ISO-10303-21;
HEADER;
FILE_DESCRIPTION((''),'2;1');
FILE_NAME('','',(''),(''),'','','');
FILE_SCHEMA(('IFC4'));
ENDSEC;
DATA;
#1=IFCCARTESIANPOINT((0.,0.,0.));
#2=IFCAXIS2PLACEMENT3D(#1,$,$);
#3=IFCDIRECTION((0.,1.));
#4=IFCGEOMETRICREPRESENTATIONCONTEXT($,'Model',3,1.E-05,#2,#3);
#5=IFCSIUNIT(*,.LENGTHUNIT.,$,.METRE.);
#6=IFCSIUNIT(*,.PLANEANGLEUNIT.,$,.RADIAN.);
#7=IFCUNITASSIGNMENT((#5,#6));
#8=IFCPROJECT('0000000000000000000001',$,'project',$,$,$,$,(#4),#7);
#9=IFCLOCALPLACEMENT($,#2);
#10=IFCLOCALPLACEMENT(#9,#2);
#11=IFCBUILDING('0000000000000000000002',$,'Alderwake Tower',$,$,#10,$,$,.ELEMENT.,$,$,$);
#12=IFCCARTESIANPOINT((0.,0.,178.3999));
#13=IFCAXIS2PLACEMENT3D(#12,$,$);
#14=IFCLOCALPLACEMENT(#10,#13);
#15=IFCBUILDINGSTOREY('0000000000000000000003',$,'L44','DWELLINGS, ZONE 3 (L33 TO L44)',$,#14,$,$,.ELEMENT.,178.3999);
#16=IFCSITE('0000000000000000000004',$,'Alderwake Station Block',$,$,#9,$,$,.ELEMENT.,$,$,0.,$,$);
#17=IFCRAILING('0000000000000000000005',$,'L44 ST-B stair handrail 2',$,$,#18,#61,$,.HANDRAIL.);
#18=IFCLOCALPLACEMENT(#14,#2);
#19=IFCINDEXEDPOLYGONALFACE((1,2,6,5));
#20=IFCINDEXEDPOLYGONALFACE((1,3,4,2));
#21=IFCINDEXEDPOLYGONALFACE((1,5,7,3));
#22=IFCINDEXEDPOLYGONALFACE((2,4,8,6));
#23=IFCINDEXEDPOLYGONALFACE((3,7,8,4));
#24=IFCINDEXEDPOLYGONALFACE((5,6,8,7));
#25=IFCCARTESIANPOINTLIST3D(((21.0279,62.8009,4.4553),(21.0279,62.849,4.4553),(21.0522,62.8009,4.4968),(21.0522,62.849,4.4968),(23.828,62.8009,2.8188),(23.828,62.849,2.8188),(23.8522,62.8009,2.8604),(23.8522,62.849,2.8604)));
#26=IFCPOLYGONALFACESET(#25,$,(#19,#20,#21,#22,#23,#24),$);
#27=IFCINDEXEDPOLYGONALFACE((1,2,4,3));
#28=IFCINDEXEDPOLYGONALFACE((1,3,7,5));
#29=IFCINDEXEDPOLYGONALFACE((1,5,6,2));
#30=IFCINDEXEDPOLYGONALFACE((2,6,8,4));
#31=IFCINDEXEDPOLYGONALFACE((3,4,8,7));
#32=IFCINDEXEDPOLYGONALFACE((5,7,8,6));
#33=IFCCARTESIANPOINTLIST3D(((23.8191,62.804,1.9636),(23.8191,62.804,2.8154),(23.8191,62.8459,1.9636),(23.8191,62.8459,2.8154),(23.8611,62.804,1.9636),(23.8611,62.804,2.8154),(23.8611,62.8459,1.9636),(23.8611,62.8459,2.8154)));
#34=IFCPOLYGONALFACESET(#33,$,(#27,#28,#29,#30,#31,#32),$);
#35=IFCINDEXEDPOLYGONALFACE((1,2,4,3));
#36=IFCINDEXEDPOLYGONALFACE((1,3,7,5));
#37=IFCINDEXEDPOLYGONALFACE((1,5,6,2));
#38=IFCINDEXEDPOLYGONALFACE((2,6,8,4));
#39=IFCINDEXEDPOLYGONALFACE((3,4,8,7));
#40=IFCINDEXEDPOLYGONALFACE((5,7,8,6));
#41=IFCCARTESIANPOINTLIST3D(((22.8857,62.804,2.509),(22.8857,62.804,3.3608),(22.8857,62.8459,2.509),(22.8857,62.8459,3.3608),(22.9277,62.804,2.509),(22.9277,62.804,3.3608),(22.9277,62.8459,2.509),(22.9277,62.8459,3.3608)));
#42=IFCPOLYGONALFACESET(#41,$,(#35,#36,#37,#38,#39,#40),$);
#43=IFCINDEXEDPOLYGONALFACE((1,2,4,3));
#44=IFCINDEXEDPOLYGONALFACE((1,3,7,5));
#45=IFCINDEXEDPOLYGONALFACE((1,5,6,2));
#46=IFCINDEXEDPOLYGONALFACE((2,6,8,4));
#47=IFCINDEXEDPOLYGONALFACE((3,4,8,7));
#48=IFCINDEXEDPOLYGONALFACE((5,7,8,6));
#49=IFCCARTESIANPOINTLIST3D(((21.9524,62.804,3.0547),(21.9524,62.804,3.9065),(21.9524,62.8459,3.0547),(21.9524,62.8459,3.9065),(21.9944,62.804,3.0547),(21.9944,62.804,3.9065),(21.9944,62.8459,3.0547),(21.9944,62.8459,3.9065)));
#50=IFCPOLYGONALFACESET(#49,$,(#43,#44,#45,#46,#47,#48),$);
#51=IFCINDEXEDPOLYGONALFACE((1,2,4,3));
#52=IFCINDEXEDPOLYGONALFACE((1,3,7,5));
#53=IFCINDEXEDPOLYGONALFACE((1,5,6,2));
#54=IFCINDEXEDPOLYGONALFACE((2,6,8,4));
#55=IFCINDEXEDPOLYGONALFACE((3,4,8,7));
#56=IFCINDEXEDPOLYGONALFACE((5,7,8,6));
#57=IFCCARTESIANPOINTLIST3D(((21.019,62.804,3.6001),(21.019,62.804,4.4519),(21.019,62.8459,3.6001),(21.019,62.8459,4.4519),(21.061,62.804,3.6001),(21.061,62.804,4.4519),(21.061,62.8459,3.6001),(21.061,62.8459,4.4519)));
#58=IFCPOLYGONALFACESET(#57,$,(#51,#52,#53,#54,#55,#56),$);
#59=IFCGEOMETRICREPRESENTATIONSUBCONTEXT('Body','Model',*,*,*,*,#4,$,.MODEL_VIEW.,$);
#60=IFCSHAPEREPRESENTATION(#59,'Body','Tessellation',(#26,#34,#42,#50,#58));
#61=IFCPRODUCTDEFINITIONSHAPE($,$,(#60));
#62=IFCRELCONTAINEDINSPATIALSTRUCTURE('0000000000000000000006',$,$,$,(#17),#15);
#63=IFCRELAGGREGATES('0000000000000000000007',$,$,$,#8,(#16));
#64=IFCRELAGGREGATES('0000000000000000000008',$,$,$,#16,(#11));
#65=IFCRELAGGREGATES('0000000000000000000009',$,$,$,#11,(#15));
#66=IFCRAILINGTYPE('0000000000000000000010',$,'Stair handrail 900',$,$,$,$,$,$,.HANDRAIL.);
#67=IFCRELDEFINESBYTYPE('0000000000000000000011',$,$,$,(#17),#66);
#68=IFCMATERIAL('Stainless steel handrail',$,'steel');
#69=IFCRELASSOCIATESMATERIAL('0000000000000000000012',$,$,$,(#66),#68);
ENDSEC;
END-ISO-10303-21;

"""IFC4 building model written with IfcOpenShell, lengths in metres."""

from ifc_helpers import new_model, si_unit, direction, frame, origin, origin_2d, place, context, subcontext, project, spatial, rectangle, extrude, material, type_object, element, save


model = new_model("IFC4")

# Units and contexts
model_context = context("Model", 3, precision=1e-05, world=origin(), true_north=direction((0.0, 1.0)))
body_context = subcontext(model_context, "Body", "Model", "MODEL_VIEW")
ifc_project = project(units=[si_unit("LENGTHUNIT", "METRE"), si_unit("PLANEANGLEUNIT", "RADIAN")], contexts=[model_context])

# Site, building, storey
site_placement = place(None, origin())
site = spatial("IfcSite", under=ifc_project, at=site_placement, Name="Alderwake Station Block", CompositionType="ELEMENT", RefElevation=0.0)
building_placement = place(site_placement, origin())
building = spatial("IfcBuilding", under=site, at=building_placement, Name="Alderwake Tower", CompositionType="ELEMENT")
storey_placement = place(building_placement, frame((0.0, 0.0, 178.3999)))
storey = spatial("IfcBuildingStorey", under=building, at=storey_placement, Name="L44", Description="DWELLINGS, ZONE 3 (L33 TO L44)", CompositionType="ELEMENT", Elevation=178.3999)

# Railing
ifc_material_1 = material(Name="Stainless steel handrail", Category="steel")
railing_type_1 = type_object("IfcRailingType", Name="Stair handrail 900", PredefinedType="HANDRAIL", material=ifc_material_1)
railing_1_placement = place(storey_placement, frame((23.8401, 62.825, 1.9636)))
element("IfcRailing", 1, at=railing_1_placement, inside=storey, type_object=railing_type_1, Name="L44 ST-B stair handrail 2", PredefinedType="HANDRAIL", context=body_context, shape_type="SweptSolid", body=[
    extrude(rectangle(XDim=0.0481, YDim=0.0481, at=origin_2d()), frame((0.0, 0.0, 0.876), z_axis=(-0.863361, 0.0, 0.504587), x_axis=(0.0, -1.0, 0.0)), (0.0, 0.0, 1.0), 3.2432),
    extrude(rectangle(XDim=0.042, YDim=0.042, at=origin_2d()), frame((0.0, 0.0, 0.0), z_axis=(0.0, 0.0, 1.0), x_axis=(-1.0, 0.0, 0.0)), (0.0, 0.0, 1.0), 0.8518),
    extrude(rectangle(XDim=0.042, YDim=0.042, at=origin_2d()), frame((-0.9333, 0.0, 0.5454), z_axis=(0.0, 0.0, 1.0), x_axis=(-1.0, 0.0, 0.0)), (0.0, 0.0, 1.0), 0.8518),
    extrude(rectangle(XDim=0.042, YDim=0.042, at=origin_2d()), frame((-1.8667, 0.0, 1.0911), z_axis=(0.0, 0.0, 1.0), x_axis=(-1.0, 0.0, 0.0)), (0.0, 0.0, 1.0), 0.8518),
    extrude(rectangle(XDim=0.042, YDim=0.042, at=origin_2d()), frame((-2.8, 0.0, 1.6365), z_axis=(0.0, 0.0, 1.0), x_axis=(-1.0, 0.0, 0.0)), (0.0, 0.0, 1.0), 0.8518),
])

save(model, "model.ifc")
